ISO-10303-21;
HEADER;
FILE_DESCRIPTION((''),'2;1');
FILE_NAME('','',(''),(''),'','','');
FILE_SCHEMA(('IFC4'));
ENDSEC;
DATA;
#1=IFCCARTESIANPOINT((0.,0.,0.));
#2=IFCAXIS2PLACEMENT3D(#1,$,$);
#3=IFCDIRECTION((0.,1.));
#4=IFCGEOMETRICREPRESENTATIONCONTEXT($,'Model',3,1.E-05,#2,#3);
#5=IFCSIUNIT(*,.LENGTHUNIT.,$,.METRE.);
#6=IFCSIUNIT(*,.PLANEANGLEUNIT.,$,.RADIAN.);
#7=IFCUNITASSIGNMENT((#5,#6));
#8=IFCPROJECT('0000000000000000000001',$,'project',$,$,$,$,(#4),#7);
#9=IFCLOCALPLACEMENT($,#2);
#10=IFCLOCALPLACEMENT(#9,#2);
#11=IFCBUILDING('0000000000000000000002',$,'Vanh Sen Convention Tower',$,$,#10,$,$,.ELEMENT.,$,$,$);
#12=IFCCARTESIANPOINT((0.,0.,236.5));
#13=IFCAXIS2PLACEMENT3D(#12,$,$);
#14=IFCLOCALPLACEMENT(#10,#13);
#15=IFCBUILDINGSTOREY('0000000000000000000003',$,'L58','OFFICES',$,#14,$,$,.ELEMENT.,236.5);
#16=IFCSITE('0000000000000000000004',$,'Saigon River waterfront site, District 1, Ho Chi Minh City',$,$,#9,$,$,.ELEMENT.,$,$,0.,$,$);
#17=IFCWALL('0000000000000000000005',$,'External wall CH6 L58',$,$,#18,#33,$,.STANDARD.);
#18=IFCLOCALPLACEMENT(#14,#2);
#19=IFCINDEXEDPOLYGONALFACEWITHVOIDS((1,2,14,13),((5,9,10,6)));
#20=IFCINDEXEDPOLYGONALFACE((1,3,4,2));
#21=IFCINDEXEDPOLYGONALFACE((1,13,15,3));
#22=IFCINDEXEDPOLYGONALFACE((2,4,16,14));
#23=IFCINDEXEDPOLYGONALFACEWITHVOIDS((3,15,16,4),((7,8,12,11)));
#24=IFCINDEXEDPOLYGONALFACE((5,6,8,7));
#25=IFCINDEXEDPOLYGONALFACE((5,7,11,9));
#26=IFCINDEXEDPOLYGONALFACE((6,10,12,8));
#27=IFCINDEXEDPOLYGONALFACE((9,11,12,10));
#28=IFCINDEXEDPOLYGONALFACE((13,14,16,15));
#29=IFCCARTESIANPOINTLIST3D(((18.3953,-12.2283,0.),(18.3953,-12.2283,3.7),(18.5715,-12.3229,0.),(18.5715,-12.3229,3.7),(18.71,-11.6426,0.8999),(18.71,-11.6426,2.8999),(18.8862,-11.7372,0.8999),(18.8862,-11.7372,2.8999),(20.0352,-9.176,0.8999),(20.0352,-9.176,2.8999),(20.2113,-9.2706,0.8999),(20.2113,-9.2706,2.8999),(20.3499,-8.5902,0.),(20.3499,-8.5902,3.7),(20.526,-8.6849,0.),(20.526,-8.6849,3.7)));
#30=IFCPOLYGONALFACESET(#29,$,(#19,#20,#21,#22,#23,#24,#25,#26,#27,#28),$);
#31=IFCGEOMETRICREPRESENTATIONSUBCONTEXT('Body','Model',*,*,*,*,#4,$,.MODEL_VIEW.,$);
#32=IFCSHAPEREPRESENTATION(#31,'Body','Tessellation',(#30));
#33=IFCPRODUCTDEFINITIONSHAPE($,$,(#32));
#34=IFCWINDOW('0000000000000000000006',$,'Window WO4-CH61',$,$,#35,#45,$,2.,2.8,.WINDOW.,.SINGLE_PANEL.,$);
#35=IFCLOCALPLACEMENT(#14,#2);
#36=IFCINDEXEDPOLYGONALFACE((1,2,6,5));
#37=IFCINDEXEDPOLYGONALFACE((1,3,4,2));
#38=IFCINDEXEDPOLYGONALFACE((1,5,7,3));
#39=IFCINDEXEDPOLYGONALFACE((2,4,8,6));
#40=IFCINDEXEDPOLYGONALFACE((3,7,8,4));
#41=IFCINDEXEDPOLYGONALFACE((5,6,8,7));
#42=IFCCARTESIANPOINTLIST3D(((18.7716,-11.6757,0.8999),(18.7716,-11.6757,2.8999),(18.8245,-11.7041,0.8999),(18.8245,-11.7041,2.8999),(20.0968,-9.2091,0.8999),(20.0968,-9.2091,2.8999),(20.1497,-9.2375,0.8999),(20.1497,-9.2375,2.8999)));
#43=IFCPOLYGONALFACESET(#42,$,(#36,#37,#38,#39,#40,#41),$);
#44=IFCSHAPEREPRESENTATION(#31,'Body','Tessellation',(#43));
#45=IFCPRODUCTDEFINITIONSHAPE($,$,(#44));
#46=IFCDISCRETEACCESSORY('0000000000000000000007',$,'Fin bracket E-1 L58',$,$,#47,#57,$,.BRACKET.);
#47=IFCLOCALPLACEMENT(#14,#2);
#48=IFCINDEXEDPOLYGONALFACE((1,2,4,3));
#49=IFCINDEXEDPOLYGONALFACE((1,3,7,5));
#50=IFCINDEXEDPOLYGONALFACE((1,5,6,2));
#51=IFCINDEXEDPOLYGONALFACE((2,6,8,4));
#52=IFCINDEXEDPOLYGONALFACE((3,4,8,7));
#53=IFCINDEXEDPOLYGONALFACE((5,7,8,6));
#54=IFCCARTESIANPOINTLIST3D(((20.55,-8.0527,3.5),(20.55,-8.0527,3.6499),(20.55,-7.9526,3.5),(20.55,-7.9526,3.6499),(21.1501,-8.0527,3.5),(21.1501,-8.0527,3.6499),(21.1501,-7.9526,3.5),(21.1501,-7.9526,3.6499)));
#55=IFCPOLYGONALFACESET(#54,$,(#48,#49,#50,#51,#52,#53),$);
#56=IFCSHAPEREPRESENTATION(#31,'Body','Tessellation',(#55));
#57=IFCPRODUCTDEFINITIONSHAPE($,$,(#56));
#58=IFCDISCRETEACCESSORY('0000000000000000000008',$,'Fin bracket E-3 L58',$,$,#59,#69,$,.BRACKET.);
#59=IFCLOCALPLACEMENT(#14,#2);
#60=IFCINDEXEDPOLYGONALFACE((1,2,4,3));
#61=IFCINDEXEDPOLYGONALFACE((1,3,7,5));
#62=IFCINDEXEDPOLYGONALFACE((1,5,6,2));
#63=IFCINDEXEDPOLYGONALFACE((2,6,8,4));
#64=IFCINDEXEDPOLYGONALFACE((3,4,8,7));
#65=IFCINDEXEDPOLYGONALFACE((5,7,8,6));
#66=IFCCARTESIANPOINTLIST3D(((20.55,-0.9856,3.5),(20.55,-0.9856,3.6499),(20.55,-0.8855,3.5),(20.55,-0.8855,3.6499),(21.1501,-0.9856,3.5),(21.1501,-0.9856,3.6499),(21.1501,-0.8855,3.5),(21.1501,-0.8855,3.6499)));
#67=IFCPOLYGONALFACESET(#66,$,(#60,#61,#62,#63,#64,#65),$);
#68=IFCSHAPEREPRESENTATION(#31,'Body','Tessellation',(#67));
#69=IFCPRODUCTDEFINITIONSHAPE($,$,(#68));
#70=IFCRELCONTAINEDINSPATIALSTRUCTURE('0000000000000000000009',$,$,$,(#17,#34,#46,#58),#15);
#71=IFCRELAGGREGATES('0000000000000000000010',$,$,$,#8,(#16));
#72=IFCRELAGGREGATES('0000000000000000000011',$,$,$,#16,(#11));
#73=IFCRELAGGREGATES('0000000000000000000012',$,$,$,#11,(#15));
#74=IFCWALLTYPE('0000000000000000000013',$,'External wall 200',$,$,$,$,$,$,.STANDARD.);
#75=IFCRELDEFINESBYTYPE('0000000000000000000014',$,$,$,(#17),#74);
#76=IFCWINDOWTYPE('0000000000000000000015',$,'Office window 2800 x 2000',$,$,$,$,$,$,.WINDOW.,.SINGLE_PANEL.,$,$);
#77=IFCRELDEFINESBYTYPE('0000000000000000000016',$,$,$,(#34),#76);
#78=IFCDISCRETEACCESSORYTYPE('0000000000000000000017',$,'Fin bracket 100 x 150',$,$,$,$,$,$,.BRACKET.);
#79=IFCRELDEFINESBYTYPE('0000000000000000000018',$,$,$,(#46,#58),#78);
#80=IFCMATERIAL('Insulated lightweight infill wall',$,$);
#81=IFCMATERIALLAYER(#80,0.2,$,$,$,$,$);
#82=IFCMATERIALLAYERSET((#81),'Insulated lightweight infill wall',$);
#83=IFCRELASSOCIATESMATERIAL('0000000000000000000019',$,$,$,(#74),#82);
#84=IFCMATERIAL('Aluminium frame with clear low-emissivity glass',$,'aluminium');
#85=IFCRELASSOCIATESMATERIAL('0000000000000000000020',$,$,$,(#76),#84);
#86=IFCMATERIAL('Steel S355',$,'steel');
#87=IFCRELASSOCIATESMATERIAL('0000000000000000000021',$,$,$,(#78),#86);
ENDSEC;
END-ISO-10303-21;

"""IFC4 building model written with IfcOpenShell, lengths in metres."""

from ifc_helpers import new_model, si_unit, direction, frame, frame_2d, origin, origin_2d, place, context, subcontext, project, spatial, rectangle, extrude, material, layer, layer_set, type_object, element, fill, save


model = new_model("IFC4")

# Units and contexts
model_context = context("Model", 3, precision=1e-05, world=origin(), true_north=direction((0.0, 1.0)))
body_context = subcontext(model_context, "Body", "Model", "MODEL_VIEW")
ifc_project = project(units=[si_unit("LENGTHUNIT", "METRE"), si_unit("PLANEANGLEUNIT", "RADIAN")], contexts=[model_context])

# Site, building, storey
site_placement = place(None, origin())
site = spatial("IfcSite", under=ifc_project, at=site_placement, Name="Saigon River waterfront site, District 1, Ho Chi Minh City", CompositionType="ELEMENT", RefElevation=0.0)
building_placement = place(site_placement, origin())
building = spatial("IfcBuilding", under=site, at=building_placement, Name="Vanh Sen Convention Tower", CompositionType="ELEMENT")
storey_placement = place(building_placement, frame((0.0, 0.0, 236.5)))
storey = spatial("IfcBuildingStorey", under=building, at=storey_placement, Name="L58", Description="OFFICES", CompositionType="ELEMENT", Elevation=236.5)

# Shared definitions
ifc_material_1 = material(Name="Insulated lightweight infill wall")
ifc_layer_1 = layer(ifc_material_1, 0.2)
ifc_layer_set_1 = layer_set([ifc_layer_1], Name="Insulated lightweight infill wall")
wall_type = type_object("IfcWallType", Name="External wall 200", PredefinedType="STANDARD", material=ifc_layer_set_1)
ifc_material_2 = material(Name="Aluminium frame with clear low-emissivity glass", Category="aluminium")

# Wall, opening, window
wall_1_placement = place(storey_placement, frame((18.4834, -12.2756, 0.0), z_axis=(0.0, 0.0, 1.0), x_axis=(0.473268, 0.880919, 0.0)))
wall_1 = element("IfcWall", 1, at=wall_1_placement, inside=storey, type_object=wall_type, Name="External wall CH6 L58", PredefinedType="STANDARD", context=body_context, shape_type="SweptSolid", body=[
    extrude(rectangle(XDim=4.1299, YDim=0.2, at=frame_2d((2.0649, 0.0))), origin(), (0.0, 0.0, 1.0), 3.7),
])
opening_1_placement = place(wall_1_placement, frame((0.665, 0.0, 0.8999)))
opening_1 = element("IfcOpeningElement", 2, at=opening_1_placement, cuts=wall_1, PredefinedType="OPENING", context=body_context, shape_type="SweptSolid", body=[
    extrude(rectangle(XDim=2.8, YDim=2.0, at=frame_2d((1.3999, 1.0))), frame((0.0, 0.1099, 0.0), z_axis=(0.0, -1.0, 0.0), x_axis=(1.0, 0.0, 0.0)), (0.0, 0.0, 1.0), 0.22),
])
window_type_1 = type_object("IfcWindowType", Name="Office window 2800 x 2000", PartitioningType="SINGLE_PANEL", PredefinedType="WINDOW", material=ifc_material_2)
window_1_placement = place(opening_1_placement, origin())
window_1 = element("IfcWindow", 3, at=window_1_placement, inside=storey, type_object=window_type_1, Name="Window WO4-CH61", OverallHeight=2.0, OverallWidth=2.8, PartitioningType="SINGLE_PANEL", PredefinedType="WINDOW", context=body_context, shape_type="SweptSolid", body=[
    extrude(rectangle(XDim=2.8, YDim=2.0, at=frame_2d((1.3999, 1.0))), frame((0.0, 0.03, 0.0), z_axis=(0.0, -1.0, 0.0), x_axis=(1.0, 0.0, 0.0)), (0.0, 0.0, 1.0), 0.0601),
])
fill(opening_1, window_1)

# Discrete accessories
ifc_material_3 = material(Name="Steel S355", Category="steel")
discrete_accessory_type = type_object("IfcDiscreteAccessoryType", Name="Fin bracket 100 x 150", PredefinedType="BRACKET", material=ifc_material_3)
for number, where, z_axis, x_axis, name in (
    (4, (20.8501, -8.0027, 3.5), (0.0, 0.0, 1.0), (1.0, 0.0, 0.0), "Fin bracket E-1 L58"),
    (5, (20.8501, -0.9355, 3.5), (0.0, 0.0, 1.0), (1.0, 0.0, 0.0), "Fin bracket E-3 L58"),
):
    element("IfcDiscreteAccessory", number, at=place(storey_placement, frame(where, z_axis=z_axis, x_axis=x_axis)), inside=storey, type_object=discrete_accessory_type, Name=name, PredefinedType="BRACKET", context=body_context, shape_type="SweptSolid", body=[
        extrude(rectangle(XDim=0.6001, YDim=0.1001, at=origin_2d()), origin(), (0.0, 0.0, 1.0), 0.1499),
    ])

save(model, "model.ifc")
